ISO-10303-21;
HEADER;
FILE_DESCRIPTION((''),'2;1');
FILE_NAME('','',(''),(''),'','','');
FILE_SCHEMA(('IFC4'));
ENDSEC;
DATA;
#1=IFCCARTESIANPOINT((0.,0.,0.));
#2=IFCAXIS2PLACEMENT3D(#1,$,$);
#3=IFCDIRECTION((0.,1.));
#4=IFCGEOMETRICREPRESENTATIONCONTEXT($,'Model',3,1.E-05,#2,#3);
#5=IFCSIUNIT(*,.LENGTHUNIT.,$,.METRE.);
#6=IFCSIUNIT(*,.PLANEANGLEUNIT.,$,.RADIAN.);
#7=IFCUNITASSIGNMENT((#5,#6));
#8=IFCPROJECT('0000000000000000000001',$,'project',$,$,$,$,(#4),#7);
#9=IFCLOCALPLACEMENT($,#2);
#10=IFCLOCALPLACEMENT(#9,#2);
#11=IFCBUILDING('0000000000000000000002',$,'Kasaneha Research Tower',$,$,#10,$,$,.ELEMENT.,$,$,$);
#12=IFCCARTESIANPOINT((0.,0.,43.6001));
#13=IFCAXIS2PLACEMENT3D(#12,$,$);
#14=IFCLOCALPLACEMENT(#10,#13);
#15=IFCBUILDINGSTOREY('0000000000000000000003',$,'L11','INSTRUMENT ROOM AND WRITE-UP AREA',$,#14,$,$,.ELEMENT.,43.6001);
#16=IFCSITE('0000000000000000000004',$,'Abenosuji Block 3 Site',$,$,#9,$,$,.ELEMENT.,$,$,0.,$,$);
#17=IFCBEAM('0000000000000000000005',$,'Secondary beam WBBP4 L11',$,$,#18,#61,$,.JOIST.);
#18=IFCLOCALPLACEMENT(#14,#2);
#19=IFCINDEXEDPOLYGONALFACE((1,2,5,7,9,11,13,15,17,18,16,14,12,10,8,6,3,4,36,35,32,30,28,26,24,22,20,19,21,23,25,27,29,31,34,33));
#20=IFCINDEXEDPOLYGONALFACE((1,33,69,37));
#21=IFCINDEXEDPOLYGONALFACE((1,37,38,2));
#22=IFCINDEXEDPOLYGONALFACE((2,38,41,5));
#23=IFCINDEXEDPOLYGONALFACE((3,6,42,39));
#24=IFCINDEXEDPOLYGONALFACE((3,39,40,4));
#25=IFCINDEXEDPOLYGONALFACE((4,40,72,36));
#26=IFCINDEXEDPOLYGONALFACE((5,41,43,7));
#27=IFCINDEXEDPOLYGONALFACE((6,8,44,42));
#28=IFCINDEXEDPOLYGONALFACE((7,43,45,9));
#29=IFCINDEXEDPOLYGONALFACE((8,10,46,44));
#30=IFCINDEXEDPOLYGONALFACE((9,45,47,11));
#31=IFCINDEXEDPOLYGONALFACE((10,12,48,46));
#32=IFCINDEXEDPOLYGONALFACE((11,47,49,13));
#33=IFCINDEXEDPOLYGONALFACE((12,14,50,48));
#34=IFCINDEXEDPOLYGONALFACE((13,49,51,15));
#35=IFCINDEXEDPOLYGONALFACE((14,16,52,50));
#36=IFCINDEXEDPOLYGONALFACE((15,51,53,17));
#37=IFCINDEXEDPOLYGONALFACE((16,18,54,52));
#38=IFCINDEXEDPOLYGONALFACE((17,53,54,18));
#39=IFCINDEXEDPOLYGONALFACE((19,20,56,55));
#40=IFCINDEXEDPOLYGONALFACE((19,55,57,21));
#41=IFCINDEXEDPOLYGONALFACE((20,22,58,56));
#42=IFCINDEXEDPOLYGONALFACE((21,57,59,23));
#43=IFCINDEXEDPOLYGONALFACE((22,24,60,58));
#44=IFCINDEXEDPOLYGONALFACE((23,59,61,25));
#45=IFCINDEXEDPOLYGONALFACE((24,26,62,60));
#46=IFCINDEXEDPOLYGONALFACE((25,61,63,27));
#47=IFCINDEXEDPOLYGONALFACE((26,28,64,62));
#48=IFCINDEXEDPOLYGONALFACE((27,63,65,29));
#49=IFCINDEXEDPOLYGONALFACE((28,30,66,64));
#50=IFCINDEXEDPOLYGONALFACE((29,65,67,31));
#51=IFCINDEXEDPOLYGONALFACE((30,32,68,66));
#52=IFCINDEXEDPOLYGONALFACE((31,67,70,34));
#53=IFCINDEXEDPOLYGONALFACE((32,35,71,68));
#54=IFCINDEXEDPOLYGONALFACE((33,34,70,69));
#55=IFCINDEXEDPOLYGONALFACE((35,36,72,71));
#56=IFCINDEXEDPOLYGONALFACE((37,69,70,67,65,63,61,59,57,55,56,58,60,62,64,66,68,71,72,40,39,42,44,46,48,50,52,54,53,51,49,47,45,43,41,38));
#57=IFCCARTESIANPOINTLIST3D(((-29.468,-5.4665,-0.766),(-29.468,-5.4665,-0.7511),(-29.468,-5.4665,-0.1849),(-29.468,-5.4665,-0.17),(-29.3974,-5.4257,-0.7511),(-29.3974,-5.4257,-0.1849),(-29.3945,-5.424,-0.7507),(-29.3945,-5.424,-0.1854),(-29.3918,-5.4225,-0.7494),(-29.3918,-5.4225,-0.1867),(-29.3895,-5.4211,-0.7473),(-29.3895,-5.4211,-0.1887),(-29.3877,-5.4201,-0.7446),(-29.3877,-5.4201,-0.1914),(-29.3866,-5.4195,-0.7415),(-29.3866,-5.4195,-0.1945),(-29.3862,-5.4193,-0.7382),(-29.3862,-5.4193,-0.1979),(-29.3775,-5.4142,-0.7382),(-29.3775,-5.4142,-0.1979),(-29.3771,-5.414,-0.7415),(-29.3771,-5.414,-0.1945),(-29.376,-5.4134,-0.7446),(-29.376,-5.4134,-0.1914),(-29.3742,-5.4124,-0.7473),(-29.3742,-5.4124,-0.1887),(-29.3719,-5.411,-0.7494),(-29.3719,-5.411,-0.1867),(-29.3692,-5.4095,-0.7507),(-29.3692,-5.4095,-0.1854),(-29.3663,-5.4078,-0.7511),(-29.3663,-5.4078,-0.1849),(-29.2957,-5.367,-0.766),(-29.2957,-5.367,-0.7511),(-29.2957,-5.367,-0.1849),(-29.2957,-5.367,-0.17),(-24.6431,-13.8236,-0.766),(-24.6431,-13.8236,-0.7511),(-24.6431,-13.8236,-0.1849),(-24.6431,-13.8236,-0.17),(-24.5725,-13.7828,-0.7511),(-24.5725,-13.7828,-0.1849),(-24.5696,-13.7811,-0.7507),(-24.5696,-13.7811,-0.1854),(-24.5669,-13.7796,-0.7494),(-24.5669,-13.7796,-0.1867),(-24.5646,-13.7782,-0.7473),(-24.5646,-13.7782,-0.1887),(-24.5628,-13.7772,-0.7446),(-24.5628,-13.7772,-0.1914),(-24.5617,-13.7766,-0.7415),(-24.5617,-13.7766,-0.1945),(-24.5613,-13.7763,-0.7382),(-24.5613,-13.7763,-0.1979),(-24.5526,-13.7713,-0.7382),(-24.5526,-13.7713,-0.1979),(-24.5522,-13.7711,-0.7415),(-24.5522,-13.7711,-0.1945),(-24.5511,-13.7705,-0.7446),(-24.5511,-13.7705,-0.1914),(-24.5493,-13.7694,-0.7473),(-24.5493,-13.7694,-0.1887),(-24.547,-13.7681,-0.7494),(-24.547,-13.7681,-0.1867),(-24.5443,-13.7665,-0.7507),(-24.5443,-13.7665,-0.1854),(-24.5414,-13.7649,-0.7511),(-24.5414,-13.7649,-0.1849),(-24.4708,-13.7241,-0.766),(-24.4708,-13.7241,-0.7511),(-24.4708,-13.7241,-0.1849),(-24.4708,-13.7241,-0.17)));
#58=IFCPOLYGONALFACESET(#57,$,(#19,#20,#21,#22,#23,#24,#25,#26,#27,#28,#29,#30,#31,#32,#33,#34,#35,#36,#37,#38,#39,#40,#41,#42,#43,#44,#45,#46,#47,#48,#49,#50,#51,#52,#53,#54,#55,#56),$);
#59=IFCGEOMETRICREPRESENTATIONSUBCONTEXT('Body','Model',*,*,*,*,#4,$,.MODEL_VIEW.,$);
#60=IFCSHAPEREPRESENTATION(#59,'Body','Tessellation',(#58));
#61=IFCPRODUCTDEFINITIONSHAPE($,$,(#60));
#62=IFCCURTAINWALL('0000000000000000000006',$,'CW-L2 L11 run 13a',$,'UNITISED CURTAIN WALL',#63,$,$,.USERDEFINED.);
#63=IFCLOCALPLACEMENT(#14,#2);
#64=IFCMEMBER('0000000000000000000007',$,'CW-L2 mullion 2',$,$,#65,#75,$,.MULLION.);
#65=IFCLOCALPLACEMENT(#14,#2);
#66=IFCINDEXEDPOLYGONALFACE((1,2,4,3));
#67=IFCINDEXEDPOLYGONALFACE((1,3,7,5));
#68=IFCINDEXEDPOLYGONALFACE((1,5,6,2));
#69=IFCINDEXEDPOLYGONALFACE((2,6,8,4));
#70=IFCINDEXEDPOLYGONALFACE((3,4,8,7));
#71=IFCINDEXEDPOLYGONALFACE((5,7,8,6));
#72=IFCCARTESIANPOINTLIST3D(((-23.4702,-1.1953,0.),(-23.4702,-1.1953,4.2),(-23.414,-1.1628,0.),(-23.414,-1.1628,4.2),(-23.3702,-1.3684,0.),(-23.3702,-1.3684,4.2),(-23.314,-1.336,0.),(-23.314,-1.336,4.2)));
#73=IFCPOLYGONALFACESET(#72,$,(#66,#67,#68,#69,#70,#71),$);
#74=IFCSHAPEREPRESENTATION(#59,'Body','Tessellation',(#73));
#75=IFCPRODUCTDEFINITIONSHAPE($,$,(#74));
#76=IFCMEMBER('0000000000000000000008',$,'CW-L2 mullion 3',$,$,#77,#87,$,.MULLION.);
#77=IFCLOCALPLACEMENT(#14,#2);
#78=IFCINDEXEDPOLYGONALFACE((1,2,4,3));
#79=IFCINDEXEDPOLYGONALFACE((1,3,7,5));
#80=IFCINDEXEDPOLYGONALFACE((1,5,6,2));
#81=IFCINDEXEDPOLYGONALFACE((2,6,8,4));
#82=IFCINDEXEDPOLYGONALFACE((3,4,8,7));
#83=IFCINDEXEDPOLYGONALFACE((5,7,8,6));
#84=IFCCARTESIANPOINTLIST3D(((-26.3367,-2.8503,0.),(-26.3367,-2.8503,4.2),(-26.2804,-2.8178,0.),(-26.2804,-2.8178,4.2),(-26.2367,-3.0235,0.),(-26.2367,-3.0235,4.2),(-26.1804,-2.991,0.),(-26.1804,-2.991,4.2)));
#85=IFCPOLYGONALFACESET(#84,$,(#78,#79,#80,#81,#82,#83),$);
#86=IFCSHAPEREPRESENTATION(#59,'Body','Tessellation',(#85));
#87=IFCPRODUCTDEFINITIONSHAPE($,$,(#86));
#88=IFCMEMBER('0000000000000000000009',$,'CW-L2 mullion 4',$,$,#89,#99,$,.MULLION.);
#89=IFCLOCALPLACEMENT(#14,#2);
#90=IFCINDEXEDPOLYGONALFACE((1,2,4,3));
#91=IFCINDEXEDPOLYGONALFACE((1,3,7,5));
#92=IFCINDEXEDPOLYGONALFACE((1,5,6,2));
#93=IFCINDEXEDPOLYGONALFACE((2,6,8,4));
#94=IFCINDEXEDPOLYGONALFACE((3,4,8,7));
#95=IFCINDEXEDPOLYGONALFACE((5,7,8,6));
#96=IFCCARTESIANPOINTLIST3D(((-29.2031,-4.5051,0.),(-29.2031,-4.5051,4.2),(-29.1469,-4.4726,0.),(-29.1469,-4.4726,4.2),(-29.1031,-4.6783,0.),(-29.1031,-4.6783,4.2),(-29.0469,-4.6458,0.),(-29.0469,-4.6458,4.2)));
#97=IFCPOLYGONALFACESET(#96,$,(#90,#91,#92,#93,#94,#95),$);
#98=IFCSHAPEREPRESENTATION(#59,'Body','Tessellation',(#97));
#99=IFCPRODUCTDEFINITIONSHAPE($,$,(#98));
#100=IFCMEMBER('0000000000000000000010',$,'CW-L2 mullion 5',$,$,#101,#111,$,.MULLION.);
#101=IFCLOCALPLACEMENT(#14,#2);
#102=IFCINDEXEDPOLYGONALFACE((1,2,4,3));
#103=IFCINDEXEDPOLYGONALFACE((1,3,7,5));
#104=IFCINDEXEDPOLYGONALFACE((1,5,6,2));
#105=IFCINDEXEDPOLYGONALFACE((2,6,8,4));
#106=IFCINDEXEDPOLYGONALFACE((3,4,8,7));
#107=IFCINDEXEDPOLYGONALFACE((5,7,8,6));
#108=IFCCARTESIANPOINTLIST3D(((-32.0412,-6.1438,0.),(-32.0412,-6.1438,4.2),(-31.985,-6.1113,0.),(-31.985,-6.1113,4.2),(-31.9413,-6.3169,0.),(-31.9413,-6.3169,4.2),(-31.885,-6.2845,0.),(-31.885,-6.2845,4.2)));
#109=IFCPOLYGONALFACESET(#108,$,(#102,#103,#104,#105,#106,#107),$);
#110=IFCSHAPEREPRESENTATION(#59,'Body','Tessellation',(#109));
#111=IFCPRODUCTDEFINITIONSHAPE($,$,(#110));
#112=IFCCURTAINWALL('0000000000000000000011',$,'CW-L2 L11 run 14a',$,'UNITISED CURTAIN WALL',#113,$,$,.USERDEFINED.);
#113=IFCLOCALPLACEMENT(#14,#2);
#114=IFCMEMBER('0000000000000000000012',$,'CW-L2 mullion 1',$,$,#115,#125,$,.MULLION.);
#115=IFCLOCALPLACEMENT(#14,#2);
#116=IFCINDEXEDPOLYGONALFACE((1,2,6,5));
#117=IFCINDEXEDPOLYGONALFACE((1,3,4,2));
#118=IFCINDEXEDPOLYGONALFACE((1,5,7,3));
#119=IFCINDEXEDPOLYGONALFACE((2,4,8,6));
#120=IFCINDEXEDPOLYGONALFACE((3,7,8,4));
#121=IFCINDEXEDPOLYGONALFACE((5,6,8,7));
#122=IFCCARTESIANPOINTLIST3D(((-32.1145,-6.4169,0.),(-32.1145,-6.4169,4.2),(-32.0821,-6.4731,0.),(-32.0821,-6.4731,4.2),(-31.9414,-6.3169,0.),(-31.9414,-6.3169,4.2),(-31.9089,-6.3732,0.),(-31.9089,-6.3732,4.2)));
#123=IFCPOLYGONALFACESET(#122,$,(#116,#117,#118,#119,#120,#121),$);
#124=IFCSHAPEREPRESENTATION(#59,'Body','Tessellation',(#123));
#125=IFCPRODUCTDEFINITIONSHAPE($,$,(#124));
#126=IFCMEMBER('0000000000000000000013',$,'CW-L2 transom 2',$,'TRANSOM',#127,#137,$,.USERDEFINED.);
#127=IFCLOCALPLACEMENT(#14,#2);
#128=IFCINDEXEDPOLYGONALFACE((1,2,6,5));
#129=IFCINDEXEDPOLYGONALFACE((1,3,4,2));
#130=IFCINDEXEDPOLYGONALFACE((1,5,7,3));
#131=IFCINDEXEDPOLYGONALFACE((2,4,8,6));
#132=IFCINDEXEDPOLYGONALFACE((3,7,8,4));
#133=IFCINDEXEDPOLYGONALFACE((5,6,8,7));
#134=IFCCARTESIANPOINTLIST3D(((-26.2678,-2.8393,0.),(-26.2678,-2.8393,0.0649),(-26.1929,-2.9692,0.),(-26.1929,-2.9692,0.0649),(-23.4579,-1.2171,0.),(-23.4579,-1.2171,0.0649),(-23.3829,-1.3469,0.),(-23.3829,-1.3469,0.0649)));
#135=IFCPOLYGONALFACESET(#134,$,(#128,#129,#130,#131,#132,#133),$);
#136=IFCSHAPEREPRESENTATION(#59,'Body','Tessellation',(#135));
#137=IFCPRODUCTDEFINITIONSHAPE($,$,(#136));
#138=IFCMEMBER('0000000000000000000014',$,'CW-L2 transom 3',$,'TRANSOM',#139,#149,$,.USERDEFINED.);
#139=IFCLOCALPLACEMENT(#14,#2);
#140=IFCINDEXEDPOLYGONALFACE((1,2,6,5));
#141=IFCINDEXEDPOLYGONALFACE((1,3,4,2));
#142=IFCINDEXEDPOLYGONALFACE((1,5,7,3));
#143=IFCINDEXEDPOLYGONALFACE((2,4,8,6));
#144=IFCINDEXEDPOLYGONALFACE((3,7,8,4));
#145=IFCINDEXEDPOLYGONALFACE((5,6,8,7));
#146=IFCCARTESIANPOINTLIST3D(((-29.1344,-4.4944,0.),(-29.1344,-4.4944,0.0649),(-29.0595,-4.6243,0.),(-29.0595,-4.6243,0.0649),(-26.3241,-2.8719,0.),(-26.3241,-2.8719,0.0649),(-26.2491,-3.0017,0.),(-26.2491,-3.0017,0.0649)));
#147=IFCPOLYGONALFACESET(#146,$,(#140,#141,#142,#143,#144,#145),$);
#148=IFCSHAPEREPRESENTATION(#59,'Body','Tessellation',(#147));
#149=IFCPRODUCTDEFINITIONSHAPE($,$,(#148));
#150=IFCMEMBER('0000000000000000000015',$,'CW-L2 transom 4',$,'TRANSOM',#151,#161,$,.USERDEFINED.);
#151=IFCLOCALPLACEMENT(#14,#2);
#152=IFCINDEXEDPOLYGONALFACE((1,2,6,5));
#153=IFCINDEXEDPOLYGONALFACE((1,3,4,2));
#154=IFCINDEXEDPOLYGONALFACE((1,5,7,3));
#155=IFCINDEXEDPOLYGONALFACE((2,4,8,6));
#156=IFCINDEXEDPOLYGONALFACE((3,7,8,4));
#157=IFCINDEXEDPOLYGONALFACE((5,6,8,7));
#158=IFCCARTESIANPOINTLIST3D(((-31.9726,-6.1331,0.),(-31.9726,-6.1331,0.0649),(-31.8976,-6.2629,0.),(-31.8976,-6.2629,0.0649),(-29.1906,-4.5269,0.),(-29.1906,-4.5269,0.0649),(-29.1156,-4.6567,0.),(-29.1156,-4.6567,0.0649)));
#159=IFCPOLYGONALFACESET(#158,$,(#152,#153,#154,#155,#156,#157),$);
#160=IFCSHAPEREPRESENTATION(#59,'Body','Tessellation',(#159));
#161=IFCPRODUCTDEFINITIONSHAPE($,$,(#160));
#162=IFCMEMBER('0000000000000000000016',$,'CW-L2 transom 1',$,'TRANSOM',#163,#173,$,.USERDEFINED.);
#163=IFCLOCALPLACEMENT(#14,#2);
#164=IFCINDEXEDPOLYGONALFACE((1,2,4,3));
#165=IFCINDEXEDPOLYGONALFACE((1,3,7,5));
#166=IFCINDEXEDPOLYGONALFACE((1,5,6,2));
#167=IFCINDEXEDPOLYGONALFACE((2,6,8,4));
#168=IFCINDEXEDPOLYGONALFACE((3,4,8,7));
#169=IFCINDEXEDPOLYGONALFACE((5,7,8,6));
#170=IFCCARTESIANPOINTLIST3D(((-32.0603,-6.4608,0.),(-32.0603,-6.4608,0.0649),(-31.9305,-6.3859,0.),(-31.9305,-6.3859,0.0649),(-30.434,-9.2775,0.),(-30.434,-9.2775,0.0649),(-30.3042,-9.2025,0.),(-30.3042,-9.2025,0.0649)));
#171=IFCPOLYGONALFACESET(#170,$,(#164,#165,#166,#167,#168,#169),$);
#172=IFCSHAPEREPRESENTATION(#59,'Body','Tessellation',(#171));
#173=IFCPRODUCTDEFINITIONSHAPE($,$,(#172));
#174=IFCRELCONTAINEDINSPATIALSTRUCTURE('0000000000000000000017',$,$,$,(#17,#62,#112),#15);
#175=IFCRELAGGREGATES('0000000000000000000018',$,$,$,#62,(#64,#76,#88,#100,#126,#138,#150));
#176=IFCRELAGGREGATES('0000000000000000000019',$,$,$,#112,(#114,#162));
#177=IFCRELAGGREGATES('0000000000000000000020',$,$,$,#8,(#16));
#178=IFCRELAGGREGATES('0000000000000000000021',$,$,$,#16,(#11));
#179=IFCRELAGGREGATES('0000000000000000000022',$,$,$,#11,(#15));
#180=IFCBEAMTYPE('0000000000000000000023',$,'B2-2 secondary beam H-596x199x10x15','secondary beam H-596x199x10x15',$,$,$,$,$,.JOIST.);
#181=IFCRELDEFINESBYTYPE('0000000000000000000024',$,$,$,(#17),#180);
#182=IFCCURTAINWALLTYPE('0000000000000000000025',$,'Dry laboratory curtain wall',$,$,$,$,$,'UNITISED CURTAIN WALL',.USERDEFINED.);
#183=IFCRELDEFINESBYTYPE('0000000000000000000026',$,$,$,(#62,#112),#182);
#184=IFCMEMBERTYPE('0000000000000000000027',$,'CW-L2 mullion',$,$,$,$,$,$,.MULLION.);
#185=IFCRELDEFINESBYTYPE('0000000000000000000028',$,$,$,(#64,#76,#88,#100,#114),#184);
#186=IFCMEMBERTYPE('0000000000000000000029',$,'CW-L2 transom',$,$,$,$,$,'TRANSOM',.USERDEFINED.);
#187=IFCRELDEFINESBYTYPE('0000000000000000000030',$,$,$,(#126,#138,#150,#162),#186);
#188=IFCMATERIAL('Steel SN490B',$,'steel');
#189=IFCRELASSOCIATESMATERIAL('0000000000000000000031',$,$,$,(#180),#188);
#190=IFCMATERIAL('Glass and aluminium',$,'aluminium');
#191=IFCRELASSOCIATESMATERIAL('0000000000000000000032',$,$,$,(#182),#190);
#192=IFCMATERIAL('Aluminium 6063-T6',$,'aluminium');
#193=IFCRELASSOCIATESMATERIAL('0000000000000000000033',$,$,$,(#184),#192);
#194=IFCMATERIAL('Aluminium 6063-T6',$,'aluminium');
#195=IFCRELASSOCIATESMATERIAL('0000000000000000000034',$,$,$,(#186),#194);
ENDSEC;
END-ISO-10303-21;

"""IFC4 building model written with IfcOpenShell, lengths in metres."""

from ifc_helpers import new_model, si_unit, direction, frame, origin, origin_2d, place, context, subcontext, project, spatial, rectangle, i_section, extrude, material, material_profile, profile_set, type_object, element, aggregate, save


model = new_model("IFC4")

# Units and contexts
model_context = context("Model", 3, precision=1e-05, world=origin(), true_north=direction((0.0, 1.0)))
body_context = subcontext(model_context, "Body", "Model", "MODEL_VIEW")
ifc_project = project(units=[si_unit("LENGTHUNIT", "METRE"), si_unit("PLANEANGLEUNIT", "RADIAN")], contexts=[model_context])

# Site, building, storey
site_placement = place(None, origin())
site = spatial("IfcSite", under=ifc_project, at=site_placement, Name="Abenosuji Block 3 Site", CompositionType="ELEMENT", RefElevation=0.0)
building_placement = place(site_placement, origin())
building = spatial("IfcBuilding", under=site, at=building_placement, Name="Kasaneha Research Tower", CompositionType="ELEMENT")
storey_placement = place(building_placement, frame((0.0, 0.0, 43.6001)))
storey = spatial("IfcBuildingStorey", under=building, at=storey_placement, Name="L11", Description="INSTRUMENT ROOM AND WRITE-UP AREA", CompositionType="ELEMENT", Elevation=43.6001)

# Beam
ifc_material_1 = material(Name="Steel SN490B", Category="steel")
ifc_material_profile_1 = material_profile(ifc_material_1, i_section(OverallWidth=0.199, OverallDepth=0.5959, WebThickness=0.01, FlangeThickness=0.0149, FilletRadius=0.0129, at=origin_2d()), Name="H-596x199x10x15")
ifc_profile_set_1 = profile_set([ifc_material_profile_1], Name="Steel SN490B")
beam_type_1 = type_object("IfcBeamType", Name="B2-2 secondary beam H-596x199x10x15", Description="secondary beam H-596x199x10x15", PredefinedType="JOIST", material=ifc_profile_set_1)
for number, where, z_axis, x_axis, name in (
    (1, (-29.3818, -5.4167, -0.468), (0.499995, -0.866028, 0.0), (0.866028, 0.499995, 0.0), "Secondary beam WBBP4 L11"),
):
    element("IfcBeam", number, at=place(storey_placement, frame(where, z_axis=z_axis, x_axis=x_axis)), inside=storey, type_object=beam_type_1, Name=name, PredefinedType="JOIST", context=body_context, shape_type="SweptSolid", body=[
        extrude(i_section(OverallWidth=0.199, OverallDepth=0.5959, WebThickness=0.01, FlangeThickness=0.0149, FilletRadius=0.0129, at=origin_2d()), origin(), (0.0, 0.0, 1.0), 9.6499),
    ])

# Curtain wall, members
ifc_material_2 = material(Name="Glass and aluminium", Category="aluminium")
curtain_wall_type = type_object("IfcCurtainWallType", Name="Dry laboratory curtain wall", ElementType="UNITISED CURTAIN WALL", PredefinedType="USERDEFINED", material=ifc_material_2)
curtain_wall_1_placement = place(storey_placement, origin())
curtain_wall_1 = element("IfcCurtainWall", 2, at=curtain_wall_1_placement, inside=storey, type_object=curtain_wall_type, Name="CW-L2 L11 run 13a", ObjectType="UNITISED CURTAIN WALL", PredefinedType="USERDEFINED")
ifc_material_3 = material(Name="Aluminium 6063-T6", Category="aluminium")
ifc_material_profile_2 = material_profile(ifc_material_3, rectangle(XDim=0.0649, YDim=0.2, at=origin_2d()), Name="CW-L2 mullion 65x200")
ifc_profile_set_2 = profile_set([ifc_material_profile_2], Name="Aluminium 6063-T6")
member_type_1 = type_object("IfcMemberType", Name="CW-L2 mullion", PredefinedType="MULLION", material=ifc_profile_set_2)
member_1_placement = place(storey_placement, frame((-23.3921, -1.2656, 0.0), z_axis=(0.0, 0.0, 1.0), x_axis=(-0.866025, -0.5, 0.0)))
member_1 = element("IfcMember", 3, at=member_1_placement, type_object=member_type_1, Name="CW-L2 mullion 2", PredefinedType="MULLION", context=body_context, shape_type="SweptSolid", body=[
    extrude(rectangle(XDim=0.0649, YDim=0.2, at=origin_2d()), origin(), (0.0, 0.0, 1.0), 4.2),
])
member_2_placement = place(storey_placement, frame((-26.2585, -2.9207, 0.0), z_axis=(0.0, 0.0, 1.0), x_axis=(-0.866025, -0.5, 0.0)))
member_2 = element("IfcMember", 4, at=member_2_placement, type_object=member_type_1, Name="CW-L2 mullion 3", PredefinedType="MULLION", context=body_context, shape_type="SweptSolid", body=[
    extrude(rectangle(XDim=0.0649, YDim=0.2, at=origin_2d()), origin(), (0.0, 0.0, 1.0), 4.2),
])
member_3_placement = place(storey_placement, frame((-29.125, -4.5754, 0.0), z_axis=(0.0, 0.0, 1.0), x_axis=(-0.866025, -0.5, 0.0)))
member_3 = element("IfcMember", 5, at=member_3_placement, type_object=member_type_1, Name="CW-L2 mullion 4", PredefinedType="MULLION", context=body_context, shape_type="SweptSolid", body=[
    extrude(rectangle(XDim=0.0649, YDim=0.2, at=origin_2d()), origin(), (0.0, 0.0, 1.0), 4.2),
])
member_4_placement = place(storey_placement, frame((-31.9631, -6.2141, 0.0), z_axis=(0.0, 0.0, 1.0), x_axis=(-0.866025, -0.5, 0.0)))
member_4 = element("IfcMember", 6, at=member_4_placement, type_object=member_type_1, Name="CW-L2 mullion 5", PredefinedType="MULLION", context=body_context, shape_type="SweptSolid", body=[
    extrude(rectangle(XDim=0.0649, YDim=0.2, at=origin_2d()), origin(), (0.0, 0.0, 1.0), 4.2),
])

# Curtain wall, member
curtain_wall_2_placement = place(storey_placement, origin())
curtain_wall_2 = element("IfcCurtainWall", 7, at=curtain_wall_2_placement, inside=storey, type_object=curtain_wall_type, Name="CW-L2 L11 run 14a", ObjectType="UNITISED CURTAIN WALL", PredefinedType="USERDEFINED")
member_5_placement = place(storey_placement, frame((-32.0117, -6.395, 0.0), z_axis=(0.0, 0.0, 1.0), x_axis=(0.5, -0.866025, 0.0)))
member_5 = element("IfcMember", 8, at=member_5_placement, type_object=member_type_1, Name="CW-L2 mullion 1", PredefinedType="MULLION", context=body_context, shape_type="SweptSolid", body=[
    extrude(rectangle(XDim=0.0649, YDim=0.2, at=origin_2d()), origin(), (0.0, 0.0, 1.0), 4.2),
])

# Members
ifc_material_4 = material(Name="Aluminium 6063-T6", Category="aluminium")
ifc_material_profile_3 = material_profile(ifc_material_4, rectangle(XDim=0.1499, YDim=0.0649, at=origin_2d()), Name="CW-L2 transom 150x65")
ifc_profile_set_3 = profile_set([ifc_material_profile_3], Name="Aluminium 6063-T6")
member_type_2 = type_object("IfcMemberType", Name="CW-L2 transom", ElementType="TRANSOM", PredefinedType="USERDEFINED", material=ifc_profile_set_3)
member_6_placement = place(storey_placement, frame((-23.4204, -1.282, 0.0325), z_axis=(-0.866035, -0.499983, 0.0), x_axis=(0.499983, -0.866035, 0.0)))
member_6 = element("IfcMember", 9, at=member_6_placement, type_object=member_type_2, Name="CW-L2 transom 2", ObjectType="TRANSOM", PredefinedType="USERDEFINED", context=body_context, shape_type="SweptSolid", body=[
    extrude(rectangle(XDim=0.1499, YDim=0.0649, at=origin_2d()), origin(), (0.0, 0.0, 1.0), 3.2446),
])
member_7_placement = place(storey_placement, frame((-26.2866, -2.9368, 0.0325), z_axis=(-0.866021, -0.500007, 0.0), x_axis=(0.500007, -0.866021, 0.0)))
member_7 = element("IfcMember", 10, at=member_7_placement, type_object=member_type_2, Name="CW-L2 transom 3", ObjectType="TRANSOM", PredefinedType="USERDEFINED", context=body_context, shape_type="SweptSolid", body=[
    extrude(rectangle(XDim=0.1499, YDim=0.0649, at=origin_2d()), origin(), (0.0, 0.0, 1.0), 3.2451),
])
member_8_placement = place(storey_placement, frame((-29.1531, -4.5918, 0.0325), z_axis=(-0.866022, -0.500005, 0.0), x_axis=(0.500005, -0.866022, 0.0)))
member_8 = element("IfcMember", 11, at=member_8_placement, type_object=member_type_2, Name="CW-L2 transom 4", ObjectType="TRANSOM", PredefinedType="USERDEFINED", context=body_context, shape_type="SweptSolid", body=[
    extrude(rectangle(XDim=0.1499, YDim=0.0649, at=origin_2d()), origin(), (0.0, 0.0, 1.0), 3.2124),
])
member_9_placement = place(storey_placement, frame((-31.9954, -6.4233, 0.0325), z_axis=(0.500006, -0.866022, 0.0), x_axis=(0.866022, 0.500006, 0.0)))
member_9 = element("IfcMember", 12, at=member_9_placement, type_object=member_type_2, Name="CW-L2 transom 1", ObjectType="TRANSOM", PredefinedType="USERDEFINED", context=body_context, shape_type="SweptSolid", body=[
    extrude(rectangle(XDim=0.1499, YDim=0.0649, at=origin_2d()), origin(), (0.0, 0.0, 1.0), 3.2524),
])

aggregate(curtain_wall_1, [member_1, member_2, member_3, member_4, member_6, member_7, member_8])
aggregate(curtain_wall_2, [member_5, member_9])

save(model, "model.ifc")
